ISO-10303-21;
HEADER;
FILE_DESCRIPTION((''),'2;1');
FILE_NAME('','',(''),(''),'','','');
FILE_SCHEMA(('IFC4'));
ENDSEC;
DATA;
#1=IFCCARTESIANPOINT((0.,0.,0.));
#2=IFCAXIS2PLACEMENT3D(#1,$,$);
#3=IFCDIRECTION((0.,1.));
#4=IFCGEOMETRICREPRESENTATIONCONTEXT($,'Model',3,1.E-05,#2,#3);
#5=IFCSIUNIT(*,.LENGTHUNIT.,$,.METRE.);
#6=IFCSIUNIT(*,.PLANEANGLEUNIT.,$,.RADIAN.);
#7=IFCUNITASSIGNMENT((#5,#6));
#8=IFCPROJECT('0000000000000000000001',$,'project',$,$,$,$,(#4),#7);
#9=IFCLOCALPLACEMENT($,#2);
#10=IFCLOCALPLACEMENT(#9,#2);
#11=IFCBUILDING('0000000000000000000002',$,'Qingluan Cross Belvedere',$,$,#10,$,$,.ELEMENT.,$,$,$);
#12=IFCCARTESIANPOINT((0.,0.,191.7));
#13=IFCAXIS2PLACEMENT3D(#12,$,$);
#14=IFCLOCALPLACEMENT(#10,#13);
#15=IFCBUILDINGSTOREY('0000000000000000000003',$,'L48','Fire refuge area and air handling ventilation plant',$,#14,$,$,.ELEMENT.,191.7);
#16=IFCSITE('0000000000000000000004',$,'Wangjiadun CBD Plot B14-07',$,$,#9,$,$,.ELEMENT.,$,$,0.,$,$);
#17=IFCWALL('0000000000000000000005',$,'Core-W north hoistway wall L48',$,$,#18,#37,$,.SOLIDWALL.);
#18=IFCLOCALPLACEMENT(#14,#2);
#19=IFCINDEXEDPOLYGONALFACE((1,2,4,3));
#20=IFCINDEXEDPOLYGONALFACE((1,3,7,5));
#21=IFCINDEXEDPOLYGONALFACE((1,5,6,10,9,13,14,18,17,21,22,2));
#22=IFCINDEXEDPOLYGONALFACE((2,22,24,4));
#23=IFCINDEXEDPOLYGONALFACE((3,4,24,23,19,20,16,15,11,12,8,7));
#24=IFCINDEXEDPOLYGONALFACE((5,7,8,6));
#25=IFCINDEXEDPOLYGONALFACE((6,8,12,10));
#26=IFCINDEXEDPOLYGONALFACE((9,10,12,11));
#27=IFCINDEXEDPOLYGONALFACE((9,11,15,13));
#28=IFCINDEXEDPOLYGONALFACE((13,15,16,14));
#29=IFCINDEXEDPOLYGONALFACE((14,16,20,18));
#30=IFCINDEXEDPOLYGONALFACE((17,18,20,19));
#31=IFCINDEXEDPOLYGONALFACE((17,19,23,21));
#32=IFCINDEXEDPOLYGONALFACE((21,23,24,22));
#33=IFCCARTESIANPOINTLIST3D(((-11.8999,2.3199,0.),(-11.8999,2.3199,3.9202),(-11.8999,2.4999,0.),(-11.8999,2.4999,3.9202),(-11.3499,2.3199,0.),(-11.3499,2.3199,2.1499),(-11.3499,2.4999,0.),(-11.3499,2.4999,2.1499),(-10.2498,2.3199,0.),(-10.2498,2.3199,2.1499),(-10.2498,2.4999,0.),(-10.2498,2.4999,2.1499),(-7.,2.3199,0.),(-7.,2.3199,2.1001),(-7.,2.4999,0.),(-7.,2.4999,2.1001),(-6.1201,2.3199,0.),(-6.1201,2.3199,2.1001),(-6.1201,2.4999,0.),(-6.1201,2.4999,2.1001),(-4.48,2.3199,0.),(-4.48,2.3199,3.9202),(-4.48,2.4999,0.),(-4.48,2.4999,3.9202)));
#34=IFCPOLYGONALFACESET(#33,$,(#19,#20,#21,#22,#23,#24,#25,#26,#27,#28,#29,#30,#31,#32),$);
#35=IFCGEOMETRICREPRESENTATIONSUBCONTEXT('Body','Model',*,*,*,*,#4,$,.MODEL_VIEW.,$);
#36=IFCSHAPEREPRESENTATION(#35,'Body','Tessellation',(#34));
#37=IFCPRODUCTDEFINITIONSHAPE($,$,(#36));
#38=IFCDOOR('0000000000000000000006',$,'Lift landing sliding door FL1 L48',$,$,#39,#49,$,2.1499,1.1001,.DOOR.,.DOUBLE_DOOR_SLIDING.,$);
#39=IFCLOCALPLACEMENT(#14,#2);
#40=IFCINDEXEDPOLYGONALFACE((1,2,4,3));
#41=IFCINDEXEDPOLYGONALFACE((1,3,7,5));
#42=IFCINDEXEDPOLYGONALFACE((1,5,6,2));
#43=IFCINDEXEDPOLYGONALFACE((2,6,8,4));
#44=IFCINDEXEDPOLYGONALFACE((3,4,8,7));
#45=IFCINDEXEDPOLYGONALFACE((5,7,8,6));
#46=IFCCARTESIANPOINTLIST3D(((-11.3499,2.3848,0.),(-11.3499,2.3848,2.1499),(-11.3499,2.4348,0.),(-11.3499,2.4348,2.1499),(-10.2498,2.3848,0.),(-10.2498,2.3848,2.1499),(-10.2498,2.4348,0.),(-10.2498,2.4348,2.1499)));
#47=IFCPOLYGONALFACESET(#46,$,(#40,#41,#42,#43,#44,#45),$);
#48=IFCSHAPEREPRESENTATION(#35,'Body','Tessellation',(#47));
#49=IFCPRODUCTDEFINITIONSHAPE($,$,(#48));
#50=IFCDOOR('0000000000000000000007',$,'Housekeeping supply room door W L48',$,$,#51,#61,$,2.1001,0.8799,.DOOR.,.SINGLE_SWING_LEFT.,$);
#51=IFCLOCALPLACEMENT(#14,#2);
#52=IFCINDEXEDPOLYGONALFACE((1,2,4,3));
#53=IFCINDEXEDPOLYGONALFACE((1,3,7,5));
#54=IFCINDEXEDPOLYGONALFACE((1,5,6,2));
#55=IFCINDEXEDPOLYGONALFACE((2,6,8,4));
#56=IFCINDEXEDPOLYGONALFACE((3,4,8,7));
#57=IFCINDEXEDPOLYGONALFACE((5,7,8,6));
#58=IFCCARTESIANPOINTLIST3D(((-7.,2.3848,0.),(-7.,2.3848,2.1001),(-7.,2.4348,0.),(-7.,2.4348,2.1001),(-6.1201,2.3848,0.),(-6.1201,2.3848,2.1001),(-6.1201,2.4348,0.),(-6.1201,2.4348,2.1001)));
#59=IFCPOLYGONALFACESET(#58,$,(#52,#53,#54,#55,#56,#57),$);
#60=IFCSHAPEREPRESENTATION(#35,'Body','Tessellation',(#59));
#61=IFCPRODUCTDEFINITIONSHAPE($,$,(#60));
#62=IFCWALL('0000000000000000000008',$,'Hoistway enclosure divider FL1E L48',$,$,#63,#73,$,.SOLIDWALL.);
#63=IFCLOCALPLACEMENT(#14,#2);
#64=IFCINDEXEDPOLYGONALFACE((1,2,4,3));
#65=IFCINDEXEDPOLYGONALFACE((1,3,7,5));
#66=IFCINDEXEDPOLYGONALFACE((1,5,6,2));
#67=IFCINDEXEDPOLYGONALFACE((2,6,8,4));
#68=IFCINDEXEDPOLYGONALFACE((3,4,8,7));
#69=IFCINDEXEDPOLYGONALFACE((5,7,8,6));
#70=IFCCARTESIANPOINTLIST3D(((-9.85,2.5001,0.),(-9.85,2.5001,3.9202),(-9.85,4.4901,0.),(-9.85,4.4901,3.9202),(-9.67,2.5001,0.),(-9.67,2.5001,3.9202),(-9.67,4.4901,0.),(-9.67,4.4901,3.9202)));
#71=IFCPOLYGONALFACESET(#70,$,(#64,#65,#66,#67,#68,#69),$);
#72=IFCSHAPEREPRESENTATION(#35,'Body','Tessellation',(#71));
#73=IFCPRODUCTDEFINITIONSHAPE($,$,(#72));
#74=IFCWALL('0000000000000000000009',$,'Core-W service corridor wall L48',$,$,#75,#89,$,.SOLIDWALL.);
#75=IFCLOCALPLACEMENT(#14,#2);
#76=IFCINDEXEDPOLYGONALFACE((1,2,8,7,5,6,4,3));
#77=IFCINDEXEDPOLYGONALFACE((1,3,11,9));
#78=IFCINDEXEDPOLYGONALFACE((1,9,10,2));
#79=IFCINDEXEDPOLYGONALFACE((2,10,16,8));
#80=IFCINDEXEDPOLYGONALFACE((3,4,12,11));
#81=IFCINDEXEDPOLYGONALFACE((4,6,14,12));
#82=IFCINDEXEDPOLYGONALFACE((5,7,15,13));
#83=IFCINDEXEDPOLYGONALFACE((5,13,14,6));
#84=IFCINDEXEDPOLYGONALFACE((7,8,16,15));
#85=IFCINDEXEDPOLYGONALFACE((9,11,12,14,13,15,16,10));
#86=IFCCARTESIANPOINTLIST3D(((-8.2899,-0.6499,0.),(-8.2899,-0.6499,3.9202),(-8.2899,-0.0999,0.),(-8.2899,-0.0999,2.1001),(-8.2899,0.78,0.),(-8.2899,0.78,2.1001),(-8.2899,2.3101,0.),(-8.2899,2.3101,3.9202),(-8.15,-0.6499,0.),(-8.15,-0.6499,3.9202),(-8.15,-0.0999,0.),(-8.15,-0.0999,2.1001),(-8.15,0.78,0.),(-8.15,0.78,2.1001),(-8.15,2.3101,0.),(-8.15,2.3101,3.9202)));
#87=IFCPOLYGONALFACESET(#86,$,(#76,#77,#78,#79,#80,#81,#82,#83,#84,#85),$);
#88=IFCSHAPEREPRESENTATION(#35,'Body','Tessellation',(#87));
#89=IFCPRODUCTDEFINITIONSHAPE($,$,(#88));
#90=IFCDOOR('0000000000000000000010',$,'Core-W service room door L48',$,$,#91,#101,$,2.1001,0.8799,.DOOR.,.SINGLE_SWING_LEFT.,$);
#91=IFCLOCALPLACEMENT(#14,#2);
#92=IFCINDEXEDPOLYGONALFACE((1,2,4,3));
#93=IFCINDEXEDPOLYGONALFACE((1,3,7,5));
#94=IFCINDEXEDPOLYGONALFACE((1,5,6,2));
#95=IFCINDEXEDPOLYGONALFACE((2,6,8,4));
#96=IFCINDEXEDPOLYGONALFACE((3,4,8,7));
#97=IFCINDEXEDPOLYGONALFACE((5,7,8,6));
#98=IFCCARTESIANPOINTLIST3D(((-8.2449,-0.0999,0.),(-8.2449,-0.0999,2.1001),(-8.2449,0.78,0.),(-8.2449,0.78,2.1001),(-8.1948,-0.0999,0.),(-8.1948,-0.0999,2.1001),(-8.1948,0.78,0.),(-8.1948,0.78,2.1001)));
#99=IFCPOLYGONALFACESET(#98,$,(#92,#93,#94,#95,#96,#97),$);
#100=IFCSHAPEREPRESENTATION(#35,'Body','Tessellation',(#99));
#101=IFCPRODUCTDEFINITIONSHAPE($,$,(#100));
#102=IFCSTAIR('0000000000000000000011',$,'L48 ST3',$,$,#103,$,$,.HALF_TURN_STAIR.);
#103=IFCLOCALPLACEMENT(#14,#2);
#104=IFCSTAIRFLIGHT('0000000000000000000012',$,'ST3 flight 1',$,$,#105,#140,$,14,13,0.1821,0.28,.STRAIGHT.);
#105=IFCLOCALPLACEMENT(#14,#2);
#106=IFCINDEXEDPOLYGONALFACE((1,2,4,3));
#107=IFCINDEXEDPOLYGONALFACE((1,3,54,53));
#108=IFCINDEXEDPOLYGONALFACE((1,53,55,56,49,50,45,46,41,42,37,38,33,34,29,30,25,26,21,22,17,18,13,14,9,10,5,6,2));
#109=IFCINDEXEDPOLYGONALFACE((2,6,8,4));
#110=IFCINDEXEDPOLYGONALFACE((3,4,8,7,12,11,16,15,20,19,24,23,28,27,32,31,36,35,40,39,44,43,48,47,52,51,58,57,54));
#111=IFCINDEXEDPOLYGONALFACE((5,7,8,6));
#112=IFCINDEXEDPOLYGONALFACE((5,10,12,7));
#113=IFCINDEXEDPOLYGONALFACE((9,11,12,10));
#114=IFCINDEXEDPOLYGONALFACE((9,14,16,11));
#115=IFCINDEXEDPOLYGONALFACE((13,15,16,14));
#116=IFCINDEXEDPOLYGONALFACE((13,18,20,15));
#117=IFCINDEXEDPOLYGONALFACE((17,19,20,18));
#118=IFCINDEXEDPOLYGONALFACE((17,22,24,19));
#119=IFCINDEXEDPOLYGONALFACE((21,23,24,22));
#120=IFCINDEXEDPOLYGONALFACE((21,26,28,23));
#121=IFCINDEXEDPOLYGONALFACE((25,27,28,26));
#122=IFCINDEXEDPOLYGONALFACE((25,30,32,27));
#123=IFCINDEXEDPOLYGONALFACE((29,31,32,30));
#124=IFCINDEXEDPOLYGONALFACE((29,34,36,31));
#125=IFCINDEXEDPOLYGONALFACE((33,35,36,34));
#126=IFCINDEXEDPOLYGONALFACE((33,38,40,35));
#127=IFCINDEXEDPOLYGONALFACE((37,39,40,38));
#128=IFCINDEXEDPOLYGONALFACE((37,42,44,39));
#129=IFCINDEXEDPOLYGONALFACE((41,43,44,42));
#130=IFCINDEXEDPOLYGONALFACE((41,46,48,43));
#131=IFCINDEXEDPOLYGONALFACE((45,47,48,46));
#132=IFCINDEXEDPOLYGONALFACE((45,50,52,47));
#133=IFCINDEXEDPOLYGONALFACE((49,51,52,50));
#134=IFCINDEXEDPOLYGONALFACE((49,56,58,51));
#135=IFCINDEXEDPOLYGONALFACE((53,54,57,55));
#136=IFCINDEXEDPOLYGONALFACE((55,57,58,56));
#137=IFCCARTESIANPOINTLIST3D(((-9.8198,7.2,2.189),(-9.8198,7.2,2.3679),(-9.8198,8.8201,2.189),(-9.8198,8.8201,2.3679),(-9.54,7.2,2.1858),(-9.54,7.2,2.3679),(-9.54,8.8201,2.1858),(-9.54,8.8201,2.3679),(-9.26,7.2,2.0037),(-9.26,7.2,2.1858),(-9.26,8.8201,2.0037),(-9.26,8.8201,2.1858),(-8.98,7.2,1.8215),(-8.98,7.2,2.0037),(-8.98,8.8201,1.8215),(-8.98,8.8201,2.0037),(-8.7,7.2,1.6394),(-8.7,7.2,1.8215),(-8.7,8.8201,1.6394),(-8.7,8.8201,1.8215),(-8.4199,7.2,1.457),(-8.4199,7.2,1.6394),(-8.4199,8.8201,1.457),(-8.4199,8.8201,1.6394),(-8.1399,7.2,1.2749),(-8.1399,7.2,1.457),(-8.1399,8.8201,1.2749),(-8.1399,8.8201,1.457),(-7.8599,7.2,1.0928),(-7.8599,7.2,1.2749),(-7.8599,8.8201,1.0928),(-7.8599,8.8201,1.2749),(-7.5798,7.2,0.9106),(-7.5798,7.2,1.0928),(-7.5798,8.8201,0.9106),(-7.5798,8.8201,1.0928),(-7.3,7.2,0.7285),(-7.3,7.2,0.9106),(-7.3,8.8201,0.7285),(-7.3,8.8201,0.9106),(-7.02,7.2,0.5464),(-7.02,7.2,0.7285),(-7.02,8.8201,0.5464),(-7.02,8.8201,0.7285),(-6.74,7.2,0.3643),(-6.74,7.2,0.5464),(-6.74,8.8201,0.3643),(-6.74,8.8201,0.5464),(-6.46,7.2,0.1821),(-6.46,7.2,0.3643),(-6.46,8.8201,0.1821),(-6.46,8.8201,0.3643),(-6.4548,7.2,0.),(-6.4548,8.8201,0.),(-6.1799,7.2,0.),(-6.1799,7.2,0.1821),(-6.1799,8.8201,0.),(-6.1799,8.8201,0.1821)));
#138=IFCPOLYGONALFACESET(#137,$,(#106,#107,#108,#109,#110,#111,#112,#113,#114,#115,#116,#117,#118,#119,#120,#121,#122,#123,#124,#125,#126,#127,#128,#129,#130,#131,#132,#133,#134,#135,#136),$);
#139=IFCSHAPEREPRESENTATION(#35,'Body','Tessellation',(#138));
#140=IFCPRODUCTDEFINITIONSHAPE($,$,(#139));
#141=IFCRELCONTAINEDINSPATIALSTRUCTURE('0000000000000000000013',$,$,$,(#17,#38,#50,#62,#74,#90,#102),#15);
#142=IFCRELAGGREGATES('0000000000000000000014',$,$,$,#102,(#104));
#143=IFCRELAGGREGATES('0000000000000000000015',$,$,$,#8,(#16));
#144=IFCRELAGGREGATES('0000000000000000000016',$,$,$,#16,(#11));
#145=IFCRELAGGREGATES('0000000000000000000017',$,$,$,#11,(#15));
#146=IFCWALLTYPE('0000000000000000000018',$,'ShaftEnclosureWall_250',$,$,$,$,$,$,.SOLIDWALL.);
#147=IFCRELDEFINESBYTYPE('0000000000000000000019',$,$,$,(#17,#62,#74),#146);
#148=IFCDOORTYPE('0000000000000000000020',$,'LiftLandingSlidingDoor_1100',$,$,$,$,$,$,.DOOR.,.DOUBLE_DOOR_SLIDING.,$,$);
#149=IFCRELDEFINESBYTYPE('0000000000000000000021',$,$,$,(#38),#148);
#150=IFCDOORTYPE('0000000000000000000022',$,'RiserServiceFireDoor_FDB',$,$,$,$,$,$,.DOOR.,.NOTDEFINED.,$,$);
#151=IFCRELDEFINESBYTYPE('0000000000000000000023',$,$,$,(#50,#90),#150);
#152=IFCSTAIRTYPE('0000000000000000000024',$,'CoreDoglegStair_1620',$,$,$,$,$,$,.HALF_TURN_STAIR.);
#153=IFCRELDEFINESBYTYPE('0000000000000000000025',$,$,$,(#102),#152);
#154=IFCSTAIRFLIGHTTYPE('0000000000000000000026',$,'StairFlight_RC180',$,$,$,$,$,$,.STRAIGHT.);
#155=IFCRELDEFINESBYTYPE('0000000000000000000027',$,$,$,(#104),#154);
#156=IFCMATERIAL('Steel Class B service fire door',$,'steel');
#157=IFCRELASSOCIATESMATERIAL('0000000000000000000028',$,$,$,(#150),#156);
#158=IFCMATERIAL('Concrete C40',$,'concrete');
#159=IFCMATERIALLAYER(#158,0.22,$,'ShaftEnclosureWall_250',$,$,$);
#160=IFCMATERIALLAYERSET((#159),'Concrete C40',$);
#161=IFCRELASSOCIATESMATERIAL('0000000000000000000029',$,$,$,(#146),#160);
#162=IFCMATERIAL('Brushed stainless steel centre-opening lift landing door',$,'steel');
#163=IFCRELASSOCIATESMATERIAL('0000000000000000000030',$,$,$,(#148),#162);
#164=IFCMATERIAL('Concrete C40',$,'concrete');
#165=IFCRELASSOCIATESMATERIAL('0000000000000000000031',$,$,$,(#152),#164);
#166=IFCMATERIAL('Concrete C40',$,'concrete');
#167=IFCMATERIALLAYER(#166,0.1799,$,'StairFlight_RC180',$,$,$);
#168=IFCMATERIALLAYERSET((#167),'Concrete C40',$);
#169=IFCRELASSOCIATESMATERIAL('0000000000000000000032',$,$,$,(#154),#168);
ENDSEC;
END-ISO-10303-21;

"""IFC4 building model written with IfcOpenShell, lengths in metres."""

from ifc_helpers import new_model, si_unit, direction, frame, frame_2d, origin, place, context, subcontext, project, spatial, polyline, rectangle, outline, extrude, material, layer, layer_set, type_object, element, fill, aggregate, save


model = new_model("IFC4")

# Units and contexts
model_context = context("Model", 3, precision=1e-05, world=origin(), true_north=direction((0.0, 1.0)))
body_context = subcontext(model_context, "Body", "Model", "MODEL_VIEW")
ifc_project = project(units=[si_unit("LENGTHUNIT", "METRE"), si_unit("PLANEANGLEUNIT", "RADIAN")], contexts=[model_context])

# Site, building, storey
site_placement = place(None, origin())
site = spatial("IfcSite", under=ifc_project, at=site_placement, Name="Wangjiadun CBD Plot B14-07", CompositionType="ELEMENT", RefElevation=0.0)
building_placement = place(site_placement, origin())
building = spatial("IfcBuilding", under=site, at=building_placement, Name="Qingluan Cross Belvedere", CompositionType="ELEMENT")
storey_placement = place(building_placement, frame((0.0, 0.0, 191.7)))
storey = spatial("IfcBuildingStorey", under=building, at=storey_placement, Name="L48", Description="Fire refuge area and air handling ventilation plant", CompositionType="ELEMENT", Elevation=191.7)

# Shared definitions
ifc_material_1 = material(Name="Steel Class B service fire door", Category="steel")
door_type_1 = type_object("IfcDoorType", Name="RiserServiceFireDoor_FDB", OperationType="NOTDEFINED", PredefinedType="DOOR", material=ifc_material_1)

# Wall, openings, doors
ifc_material_2 = material(Name="Concrete C40", Category="concrete")
ifc_layer_1 = layer(ifc_material_2, 0.22, Name="ShaftEnclosureWall_250")
ifc_layer_set_1 = layer_set([ifc_layer_1], Name="Concrete C40")
wall_type_1 = type_object("IfcWallType", Name="ShaftEnclosureWall_250", PredefinedType="SOLIDWALL", material=ifc_layer_set_1)
wall_1_placement = place(storey_placement, frame((-11.8999, 2.4099, 0.0), z_axis=(0.0, 0.0, 1.0), x_axis=(1.0, 0.0, 0.0)))
wall_1 = element("IfcWall", 1, at=wall_1_placement, inside=storey, type_object=wall_type_1, Name="Core-W north hoistway wall L48", PredefinedType="SOLIDWALL", context=body_context, shape_type="SweptSolid", body=[
    extrude(rectangle(XDim=7.4199, YDim=0.1799, at=frame_2d((3.71, 0.0))), origin(), (0.0, 0.0, 1.0), 3.9202),
])
opening_1_placement = place(wall_1_placement, frame((0.55, 0.0, 0.0)))
opening_1 = element("IfcOpeningElement", 2, at=opening_1_placement, cuts=wall_1, PredefinedType="OPENING", context=body_context, shape_type="SweptSolid", body=[
    extrude(rectangle(XDim=1.1001, YDim=2.1499, at=frame_2d((0.55, 1.075))), frame((0.0, 0.0999, 0.0), z_axis=(0.0, -1.0, 0.0), x_axis=(1.0, 0.0, 0.0)), (0.0, 0.0, 1.0), 0.2),
])
opening_2_placement = place(wall_1_placement, frame((4.8999, 0.0, 0.0)))
opening_2 = element("IfcOpeningElement", 3, at=opening_2_placement, cuts=wall_1, PredefinedType="OPENING", context=body_context, shape_type="SweptSolid", body=[
    extrude(rectangle(XDim=0.8799, YDim=2.1001, at=frame_2d((0.4399, 1.05))), frame((0.0, 0.0999, 0.0), z_axis=(0.0, -1.0, 0.0), x_axis=(1.0, 0.0, 0.0)), (0.0, 0.0, 1.0), 0.2),
])
ifc_material_3 = material(Name="Brushed stainless steel centre-opening lift landing door", Category="steel")
door_type_2 = type_object("IfcDoorType", Name="LiftLandingSlidingDoor_1100", OperationType="DOUBLE_DOOR_SLIDING", PredefinedType="DOOR", material=ifc_material_3)
door_1_placement = place(opening_1_placement, origin())
door_1 = element("IfcDoor", 4, at=door_1_placement, inside=storey, type_object=door_type_2, Name="Lift landing sliding door FL1 L48", OperationType="DOUBLE_DOOR_SLIDING", OverallHeight=2.1499, OverallWidth=1.1001, PredefinedType="DOOR", context=body_context, shape_type="SweptSolid", body=[
    extrude(rectangle(XDim=1.1001, YDim=2.1499, at=frame_2d((0.55, 1.075))), frame((0.0, 0.0249, 0.0), z_axis=(0.0, -1.0, 0.0), x_axis=(1.0, 0.0, 0.0)), (0.0, 0.0, 1.0), 0.05),
])
fill(opening_1, door_1)
door_2_placement = place(opening_2_placement, origin())
door_2 = element("IfcDoor", 5, at=door_2_placement, inside=storey, type_object=door_type_1, Name="Housekeeping supply room door W L48", OperationType="SINGLE_SWING_LEFT", OverallHeight=2.1001, OverallWidth=0.8799, PredefinedType="DOOR", context=body_context, shape_type="SweptSolid", body=[
    extrude(rectangle(XDim=0.8799, YDim=2.1001, at=frame_2d((0.4399, 1.05))), frame((0.0, 0.0249, 0.0), z_axis=(0.0, -1.0, 0.0), x_axis=(1.0, 0.0, 0.0)), (0.0, 0.0, 1.0), 0.05),
])
fill(opening_2, door_2)

# Wall
wall_2_placement = place(storey_placement, frame((-9.76, 2.5, 0.0), z_axis=(0.0, 0.0, 1.0), x_axis=(0.0, 1.0, 0.0)))
element("IfcWall", 6, at=wall_2_placement, inside=storey, type_object=wall_type_1, Name="Hoistway enclosure divider FL1E L48", PredefinedType="SOLIDWALL", context=body_context, shape_type="SweptSolid", body=[
    extrude(rectangle(XDim=1.99, YDim=0.1799, at=frame_2d((0.9951, 0.0))), origin(), (0.0, 0.0, 1.0), 3.9202),
])

# Wall, opening, door
wall_3_placement = place(storey_placement, frame((-8.22, -0.6499, 0.0), z_axis=(0.0, 0.0, 1.0), x_axis=(0.0, 1.0, 0.0)))
wall_3 = element("IfcWall", 7, at=wall_3_placement, inside=storey, type_object=wall_type_1, Name="Core-W service corridor wall L48", PredefinedType="SOLIDWALL", context=body_context, shape_type="SweptSolid", body=[
    extrude(rectangle(XDim=2.96, YDim=0.1399, at=frame_2d((1.48, 0.0))), origin(), (0.0, 0.0, 1.0), 3.9202),
])
opening_3_placement = place(wall_3_placement, frame((0.55, 0.0, 0.0)))
opening_3 = element("IfcOpeningElement", 8, at=opening_3_placement, cuts=wall_3, PredefinedType="OPENING", context=body_context, shape_type="SweptSolid", body=[
    extrude(rectangle(XDim=0.8799, YDim=2.1001, at=frame_2d((0.4399, 1.05))), frame((0.0, 0.0798, 0.0), z_axis=(0.0, -1.0, 0.0), x_axis=(1.0, 0.0, 0.0)), (0.0, 0.0, 1.0), 0.1599),
])
door_3_placement = place(opening_3_placement, origin())
door_3 = element("IfcDoor", 9, at=door_3_placement, inside=storey, type_object=door_type_1, Name="Core-W service room door L48", OperationType="SINGLE_SWING_LEFT", OverallHeight=2.1001, OverallWidth=0.8799, PredefinedType="DOOR", context=body_context, shape_type="SweptSolid", body=[
    extrude(rectangle(XDim=0.8799, YDim=2.1001, at=frame_2d((0.4399, 1.05))), frame((0.0, 0.0249, 0.0), z_axis=(0.0, -1.0, 0.0), x_axis=(1.0, 0.0, 0.0)), (0.0, 0.0, 1.0), 0.05),
])
fill(opening_3, door_3)

# Stair, stair flight
ifc_material_4 = material(Name="Concrete C40", Category="concrete")
stair_type = type_object("IfcStairType", Name="CoreDoglegStair_1620", PredefinedType="HALF_TURN_STAIR", material=ifc_material_4)
stair_placement = place(storey_placement, origin())
stair = element("IfcStair", 10, at=stair_placement, inside=storey, type_object=stair_type, Name="L48 ST3", PredefinedType="HALF_TURN_STAIR")
ifc_material_5 = material(Name="Concrete C40", Category="concrete")
ifc_layer_2 = layer(ifc_material_5, 0.1799, Name="StairFlight_RC180")
ifc_layer_set_2 = layer_set([ifc_layer_2], Name="Concrete C40")
stair_flight_type = type_object("IfcStairFlightType", Name="StairFlight_RC180", PredefinedType="STRAIGHT", material=ifc_layer_set_2)
stair_flight_1_placement = place(storey_placement, frame((-6.1799, 8.01, 0.0), z_axis=(0.0, 0.0, 1.0), x_axis=(-1.0, 0.0, 0.0)))
stair_flight_1 = element("IfcStairFlight", 11, at=stair_flight_1_placement, type_object=stair_flight_type, Name="ST3 flight 1", NumberOfRisers=14, NumberOfTreads=13, PredefinedType="STRAIGHT", RiserHeight=0.1821, TreadLength=0.28, context=body_context, shape_type="SweptSolid", body=[
    extrude(outline(polyline([(0.0, 0.0), (0.0, 0.1821), (0.28, 0.1821), (0.28, 0.3643), (0.5601, 0.3643), (0.5601, 0.5464), (0.8401, 0.5464), (0.8401, 0.7285), (1.1201, 0.7285), (1.1201, 0.9106), (1.3999, 0.9106), (1.3999, 1.0928), (1.6799, 1.0928), (1.6799, 1.2749), (1.96, 1.2749), (1.96, 1.457), (2.24, 1.457), (2.24, 1.6394), (2.52, 1.6394), (2.52, 1.8215), (2.8, 1.8215), (2.8, 2.0037), (3.0801, 2.0037), (3.0801, 2.1858), (3.3601, 2.1858), (3.3601, 2.3679), (3.6399, 2.3679), (3.6399, 2.55), (3.6399, 2.189), (0.2749, 0.0), (0.0, 0.0)])), frame((0.0, 0.8101, 0.0), z_axis=(0.0, -1.0, 0.0), x_axis=(1.0, 0.0, 0.0)), (0.0, 0.0, 1.0), 1.6201),
])
aggregate(stair, [stair_flight_1])

save(model, "model.ifc")
